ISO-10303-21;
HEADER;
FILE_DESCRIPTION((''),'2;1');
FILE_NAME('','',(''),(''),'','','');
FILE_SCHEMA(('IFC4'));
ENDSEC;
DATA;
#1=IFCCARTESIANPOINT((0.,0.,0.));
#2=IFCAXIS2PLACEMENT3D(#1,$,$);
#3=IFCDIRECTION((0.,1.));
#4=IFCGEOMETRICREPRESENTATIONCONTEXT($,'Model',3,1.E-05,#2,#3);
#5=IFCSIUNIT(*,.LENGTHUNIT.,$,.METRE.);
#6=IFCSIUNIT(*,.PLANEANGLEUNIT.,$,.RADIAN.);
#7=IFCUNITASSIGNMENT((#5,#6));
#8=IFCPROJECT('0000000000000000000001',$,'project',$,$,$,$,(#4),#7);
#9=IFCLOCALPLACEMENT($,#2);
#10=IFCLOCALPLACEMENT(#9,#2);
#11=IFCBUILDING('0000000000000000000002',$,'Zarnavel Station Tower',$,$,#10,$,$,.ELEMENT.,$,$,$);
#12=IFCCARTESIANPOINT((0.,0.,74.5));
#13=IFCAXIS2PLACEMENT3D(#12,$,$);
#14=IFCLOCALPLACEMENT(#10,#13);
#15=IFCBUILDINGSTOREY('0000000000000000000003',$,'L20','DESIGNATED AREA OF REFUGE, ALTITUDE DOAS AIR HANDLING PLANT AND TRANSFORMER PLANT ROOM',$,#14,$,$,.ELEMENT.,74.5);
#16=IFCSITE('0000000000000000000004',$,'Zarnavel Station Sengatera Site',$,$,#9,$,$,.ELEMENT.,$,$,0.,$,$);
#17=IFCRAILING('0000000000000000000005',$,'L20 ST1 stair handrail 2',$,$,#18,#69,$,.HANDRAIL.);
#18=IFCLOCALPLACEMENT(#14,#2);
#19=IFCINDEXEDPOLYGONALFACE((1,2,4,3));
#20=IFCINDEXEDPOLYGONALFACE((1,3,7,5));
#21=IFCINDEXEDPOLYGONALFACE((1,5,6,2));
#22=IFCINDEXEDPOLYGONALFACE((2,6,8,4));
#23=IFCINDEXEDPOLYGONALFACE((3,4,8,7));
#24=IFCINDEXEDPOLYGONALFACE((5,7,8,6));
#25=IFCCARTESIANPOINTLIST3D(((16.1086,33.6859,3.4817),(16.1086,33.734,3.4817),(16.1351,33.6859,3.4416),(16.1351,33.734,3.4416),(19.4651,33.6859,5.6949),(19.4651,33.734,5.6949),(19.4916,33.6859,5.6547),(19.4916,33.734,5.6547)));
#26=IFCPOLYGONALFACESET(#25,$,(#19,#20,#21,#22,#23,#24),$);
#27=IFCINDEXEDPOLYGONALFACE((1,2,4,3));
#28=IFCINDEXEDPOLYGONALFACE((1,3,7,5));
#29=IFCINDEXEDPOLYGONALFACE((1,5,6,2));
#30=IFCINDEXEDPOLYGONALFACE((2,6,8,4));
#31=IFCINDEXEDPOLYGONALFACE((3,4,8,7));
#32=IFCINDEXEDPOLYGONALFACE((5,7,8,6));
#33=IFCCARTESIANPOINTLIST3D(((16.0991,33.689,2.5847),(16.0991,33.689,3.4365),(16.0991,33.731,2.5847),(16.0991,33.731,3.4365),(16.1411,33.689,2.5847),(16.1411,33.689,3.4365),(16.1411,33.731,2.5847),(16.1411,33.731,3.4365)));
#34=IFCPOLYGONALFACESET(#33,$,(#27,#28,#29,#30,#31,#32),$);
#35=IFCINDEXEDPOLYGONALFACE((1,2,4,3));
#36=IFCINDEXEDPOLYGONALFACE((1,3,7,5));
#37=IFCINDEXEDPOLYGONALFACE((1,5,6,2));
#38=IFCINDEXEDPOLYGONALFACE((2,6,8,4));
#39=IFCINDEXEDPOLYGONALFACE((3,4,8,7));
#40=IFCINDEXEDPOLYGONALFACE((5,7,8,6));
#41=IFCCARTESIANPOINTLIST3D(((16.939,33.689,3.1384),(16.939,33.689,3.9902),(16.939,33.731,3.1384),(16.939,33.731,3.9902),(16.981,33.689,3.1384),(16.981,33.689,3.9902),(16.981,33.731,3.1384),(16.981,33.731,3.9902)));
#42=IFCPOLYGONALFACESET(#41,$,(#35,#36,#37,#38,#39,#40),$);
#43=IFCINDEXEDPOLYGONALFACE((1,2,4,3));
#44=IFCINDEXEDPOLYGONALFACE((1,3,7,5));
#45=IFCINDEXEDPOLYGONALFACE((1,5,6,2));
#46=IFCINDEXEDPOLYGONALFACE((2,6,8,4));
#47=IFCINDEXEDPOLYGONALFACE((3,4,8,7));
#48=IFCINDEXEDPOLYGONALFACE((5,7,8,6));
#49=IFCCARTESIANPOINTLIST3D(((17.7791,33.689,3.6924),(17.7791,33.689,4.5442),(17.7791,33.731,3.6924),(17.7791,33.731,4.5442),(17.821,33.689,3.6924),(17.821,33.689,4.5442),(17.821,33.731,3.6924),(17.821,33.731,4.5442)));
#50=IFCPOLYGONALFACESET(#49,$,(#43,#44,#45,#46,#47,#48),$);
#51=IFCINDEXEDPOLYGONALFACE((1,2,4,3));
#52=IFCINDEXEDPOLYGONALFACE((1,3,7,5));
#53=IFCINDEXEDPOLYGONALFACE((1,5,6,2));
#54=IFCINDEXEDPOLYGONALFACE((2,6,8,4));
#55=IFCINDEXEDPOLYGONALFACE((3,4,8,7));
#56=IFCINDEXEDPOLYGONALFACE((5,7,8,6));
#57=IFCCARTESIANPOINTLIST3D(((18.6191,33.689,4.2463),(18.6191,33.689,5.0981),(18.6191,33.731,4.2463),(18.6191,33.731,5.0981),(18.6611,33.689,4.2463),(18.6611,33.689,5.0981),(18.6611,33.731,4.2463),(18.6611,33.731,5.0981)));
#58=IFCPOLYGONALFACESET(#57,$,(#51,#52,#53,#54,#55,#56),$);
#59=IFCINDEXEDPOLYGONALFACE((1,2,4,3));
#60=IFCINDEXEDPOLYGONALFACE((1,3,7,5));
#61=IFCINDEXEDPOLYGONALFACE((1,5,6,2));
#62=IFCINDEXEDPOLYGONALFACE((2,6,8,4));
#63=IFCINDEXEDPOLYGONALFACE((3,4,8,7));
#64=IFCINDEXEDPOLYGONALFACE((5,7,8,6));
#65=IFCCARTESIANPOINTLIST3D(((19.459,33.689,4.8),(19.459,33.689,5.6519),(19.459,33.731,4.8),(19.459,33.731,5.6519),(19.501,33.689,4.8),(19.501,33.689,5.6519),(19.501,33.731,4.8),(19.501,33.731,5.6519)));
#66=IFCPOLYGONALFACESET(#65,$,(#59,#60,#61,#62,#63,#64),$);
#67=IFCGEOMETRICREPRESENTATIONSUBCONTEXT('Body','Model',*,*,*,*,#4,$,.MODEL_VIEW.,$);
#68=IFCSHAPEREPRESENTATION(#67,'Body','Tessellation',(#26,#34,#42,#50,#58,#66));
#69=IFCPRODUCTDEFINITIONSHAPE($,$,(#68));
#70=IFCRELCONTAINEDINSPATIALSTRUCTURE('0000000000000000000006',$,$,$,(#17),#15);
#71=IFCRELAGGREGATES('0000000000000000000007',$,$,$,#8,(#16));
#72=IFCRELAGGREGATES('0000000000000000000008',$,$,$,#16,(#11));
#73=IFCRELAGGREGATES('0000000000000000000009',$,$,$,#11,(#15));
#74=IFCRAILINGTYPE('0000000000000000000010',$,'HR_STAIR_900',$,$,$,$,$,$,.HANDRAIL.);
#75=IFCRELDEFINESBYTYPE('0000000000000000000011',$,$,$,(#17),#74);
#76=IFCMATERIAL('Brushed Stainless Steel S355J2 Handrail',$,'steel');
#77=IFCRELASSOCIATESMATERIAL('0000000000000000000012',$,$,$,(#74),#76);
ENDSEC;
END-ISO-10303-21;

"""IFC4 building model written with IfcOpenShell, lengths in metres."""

from ifc_helpers import new_model, si_unit, direction, frame, origin, origin_2d, place, context, subcontext, project, spatial, rectangle, extrude, material, type_object, element, save


model = new_model("IFC4")

# Units and contexts
model_context = context("Model", 3, precision=1e-05, world=origin(), true_north=direction((0.0, 1.0)))
body_context = subcontext(model_context, "Body", "Model", "MODEL_VIEW")
ifc_project = project(units=[si_unit("LENGTHUNIT", "METRE"), si_unit("PLANEANGLEUNIT", "RADIAN")], contexts=[model_context])

# Site, building, storey
site_placement = place(None, origin())
site = spatial("IfcSite", under=ifc_project, at=site_placement, Name="Zarnavel Station Sengatera Site", CompositionType="ELEMENT", RefElevation=0.0)
building_placement = place(site_placement, origin())
building = spatial("IfcBuilding", under=site, at=building_placement, Name="Zarnavel Station Tower", CompositionType="ELEMENT")
storey_placement = place(building_placement, frame((0.0, 0.0, 74.5)))
storey = spatial("IfcBuildingStorey", under=building, at=storey_placement, Name="L20", Description="DESIGNATED AREA OF REFUGE, ALTITUDE DOAS AIR HANDLING PLANT AND TRANSFORMER PLANT ROOM", CompositionType="ELEMENT", Elevation=74.5)

# Railing
ifc_material_1 = material(Name="Brushed Stainless Steel S355J2 Handrail", Category="steel")
railing_type_1 = type_object("IfcRailingType", Name="HR_STAIR_900", PredefinedType="HANDRAIL", material=ifc_material_1)
railing_1_placement = place(storey_placement, frame((16.1201, 33.71, 2.5847)))
element("IfcRailing", 1, at=railing_1_placement, inside=storey, type_object=railing_type_1, Name="L20 ST1 stair handrail 2", PredefinedType="HANDRAIL", context=body_context, shape_type="SweptSolid", body=[
    extrude(rectangle(XDim=0.0481, YDim=0.0481, at=origin_2d()), frame((0.0017, 0.0, 0.877), z_axis=(0.834858, 0.0, 0.550465), x_axis=(0.0, 1.0, 0.0)), (0.0, 0.0, 1.0), 4.0205),
    extrude(rectangle(XDim=0.042, YDim=0.042, at=origin_2d()), origin(), (0.0, 0.0, 1.0), 0.8518),
    extrude(rectangle(XDim=0.042, YDim=0.042, at=origin_2d()), frame((0.8398, 0.0, 0.5537)), (0.0, 0.0, 1.0), 0.8518),
    extrude(rectangle(XDim=0.042, YDim=0.042, at=origin_2d()), frame((1.6799, 0.0, 1.1077)), (0.0, 0.0, 1.0), 0.8518),
    extrude(rectangle(XDim=0.042, YDim=0.042, at=origin_2d()), frame((2.52, 0.0, 1.6616)), (0.0, 0.0, 1.0), 0.8518),
    extrude(rectangle(XDim=0.042, YDim=0.042, at=origin_2d()), frame((3.3599, 0.0, 2.2153)), (0.0, 0.0, 1.0), 0.8518),
])

save(model, "model.ifc")
